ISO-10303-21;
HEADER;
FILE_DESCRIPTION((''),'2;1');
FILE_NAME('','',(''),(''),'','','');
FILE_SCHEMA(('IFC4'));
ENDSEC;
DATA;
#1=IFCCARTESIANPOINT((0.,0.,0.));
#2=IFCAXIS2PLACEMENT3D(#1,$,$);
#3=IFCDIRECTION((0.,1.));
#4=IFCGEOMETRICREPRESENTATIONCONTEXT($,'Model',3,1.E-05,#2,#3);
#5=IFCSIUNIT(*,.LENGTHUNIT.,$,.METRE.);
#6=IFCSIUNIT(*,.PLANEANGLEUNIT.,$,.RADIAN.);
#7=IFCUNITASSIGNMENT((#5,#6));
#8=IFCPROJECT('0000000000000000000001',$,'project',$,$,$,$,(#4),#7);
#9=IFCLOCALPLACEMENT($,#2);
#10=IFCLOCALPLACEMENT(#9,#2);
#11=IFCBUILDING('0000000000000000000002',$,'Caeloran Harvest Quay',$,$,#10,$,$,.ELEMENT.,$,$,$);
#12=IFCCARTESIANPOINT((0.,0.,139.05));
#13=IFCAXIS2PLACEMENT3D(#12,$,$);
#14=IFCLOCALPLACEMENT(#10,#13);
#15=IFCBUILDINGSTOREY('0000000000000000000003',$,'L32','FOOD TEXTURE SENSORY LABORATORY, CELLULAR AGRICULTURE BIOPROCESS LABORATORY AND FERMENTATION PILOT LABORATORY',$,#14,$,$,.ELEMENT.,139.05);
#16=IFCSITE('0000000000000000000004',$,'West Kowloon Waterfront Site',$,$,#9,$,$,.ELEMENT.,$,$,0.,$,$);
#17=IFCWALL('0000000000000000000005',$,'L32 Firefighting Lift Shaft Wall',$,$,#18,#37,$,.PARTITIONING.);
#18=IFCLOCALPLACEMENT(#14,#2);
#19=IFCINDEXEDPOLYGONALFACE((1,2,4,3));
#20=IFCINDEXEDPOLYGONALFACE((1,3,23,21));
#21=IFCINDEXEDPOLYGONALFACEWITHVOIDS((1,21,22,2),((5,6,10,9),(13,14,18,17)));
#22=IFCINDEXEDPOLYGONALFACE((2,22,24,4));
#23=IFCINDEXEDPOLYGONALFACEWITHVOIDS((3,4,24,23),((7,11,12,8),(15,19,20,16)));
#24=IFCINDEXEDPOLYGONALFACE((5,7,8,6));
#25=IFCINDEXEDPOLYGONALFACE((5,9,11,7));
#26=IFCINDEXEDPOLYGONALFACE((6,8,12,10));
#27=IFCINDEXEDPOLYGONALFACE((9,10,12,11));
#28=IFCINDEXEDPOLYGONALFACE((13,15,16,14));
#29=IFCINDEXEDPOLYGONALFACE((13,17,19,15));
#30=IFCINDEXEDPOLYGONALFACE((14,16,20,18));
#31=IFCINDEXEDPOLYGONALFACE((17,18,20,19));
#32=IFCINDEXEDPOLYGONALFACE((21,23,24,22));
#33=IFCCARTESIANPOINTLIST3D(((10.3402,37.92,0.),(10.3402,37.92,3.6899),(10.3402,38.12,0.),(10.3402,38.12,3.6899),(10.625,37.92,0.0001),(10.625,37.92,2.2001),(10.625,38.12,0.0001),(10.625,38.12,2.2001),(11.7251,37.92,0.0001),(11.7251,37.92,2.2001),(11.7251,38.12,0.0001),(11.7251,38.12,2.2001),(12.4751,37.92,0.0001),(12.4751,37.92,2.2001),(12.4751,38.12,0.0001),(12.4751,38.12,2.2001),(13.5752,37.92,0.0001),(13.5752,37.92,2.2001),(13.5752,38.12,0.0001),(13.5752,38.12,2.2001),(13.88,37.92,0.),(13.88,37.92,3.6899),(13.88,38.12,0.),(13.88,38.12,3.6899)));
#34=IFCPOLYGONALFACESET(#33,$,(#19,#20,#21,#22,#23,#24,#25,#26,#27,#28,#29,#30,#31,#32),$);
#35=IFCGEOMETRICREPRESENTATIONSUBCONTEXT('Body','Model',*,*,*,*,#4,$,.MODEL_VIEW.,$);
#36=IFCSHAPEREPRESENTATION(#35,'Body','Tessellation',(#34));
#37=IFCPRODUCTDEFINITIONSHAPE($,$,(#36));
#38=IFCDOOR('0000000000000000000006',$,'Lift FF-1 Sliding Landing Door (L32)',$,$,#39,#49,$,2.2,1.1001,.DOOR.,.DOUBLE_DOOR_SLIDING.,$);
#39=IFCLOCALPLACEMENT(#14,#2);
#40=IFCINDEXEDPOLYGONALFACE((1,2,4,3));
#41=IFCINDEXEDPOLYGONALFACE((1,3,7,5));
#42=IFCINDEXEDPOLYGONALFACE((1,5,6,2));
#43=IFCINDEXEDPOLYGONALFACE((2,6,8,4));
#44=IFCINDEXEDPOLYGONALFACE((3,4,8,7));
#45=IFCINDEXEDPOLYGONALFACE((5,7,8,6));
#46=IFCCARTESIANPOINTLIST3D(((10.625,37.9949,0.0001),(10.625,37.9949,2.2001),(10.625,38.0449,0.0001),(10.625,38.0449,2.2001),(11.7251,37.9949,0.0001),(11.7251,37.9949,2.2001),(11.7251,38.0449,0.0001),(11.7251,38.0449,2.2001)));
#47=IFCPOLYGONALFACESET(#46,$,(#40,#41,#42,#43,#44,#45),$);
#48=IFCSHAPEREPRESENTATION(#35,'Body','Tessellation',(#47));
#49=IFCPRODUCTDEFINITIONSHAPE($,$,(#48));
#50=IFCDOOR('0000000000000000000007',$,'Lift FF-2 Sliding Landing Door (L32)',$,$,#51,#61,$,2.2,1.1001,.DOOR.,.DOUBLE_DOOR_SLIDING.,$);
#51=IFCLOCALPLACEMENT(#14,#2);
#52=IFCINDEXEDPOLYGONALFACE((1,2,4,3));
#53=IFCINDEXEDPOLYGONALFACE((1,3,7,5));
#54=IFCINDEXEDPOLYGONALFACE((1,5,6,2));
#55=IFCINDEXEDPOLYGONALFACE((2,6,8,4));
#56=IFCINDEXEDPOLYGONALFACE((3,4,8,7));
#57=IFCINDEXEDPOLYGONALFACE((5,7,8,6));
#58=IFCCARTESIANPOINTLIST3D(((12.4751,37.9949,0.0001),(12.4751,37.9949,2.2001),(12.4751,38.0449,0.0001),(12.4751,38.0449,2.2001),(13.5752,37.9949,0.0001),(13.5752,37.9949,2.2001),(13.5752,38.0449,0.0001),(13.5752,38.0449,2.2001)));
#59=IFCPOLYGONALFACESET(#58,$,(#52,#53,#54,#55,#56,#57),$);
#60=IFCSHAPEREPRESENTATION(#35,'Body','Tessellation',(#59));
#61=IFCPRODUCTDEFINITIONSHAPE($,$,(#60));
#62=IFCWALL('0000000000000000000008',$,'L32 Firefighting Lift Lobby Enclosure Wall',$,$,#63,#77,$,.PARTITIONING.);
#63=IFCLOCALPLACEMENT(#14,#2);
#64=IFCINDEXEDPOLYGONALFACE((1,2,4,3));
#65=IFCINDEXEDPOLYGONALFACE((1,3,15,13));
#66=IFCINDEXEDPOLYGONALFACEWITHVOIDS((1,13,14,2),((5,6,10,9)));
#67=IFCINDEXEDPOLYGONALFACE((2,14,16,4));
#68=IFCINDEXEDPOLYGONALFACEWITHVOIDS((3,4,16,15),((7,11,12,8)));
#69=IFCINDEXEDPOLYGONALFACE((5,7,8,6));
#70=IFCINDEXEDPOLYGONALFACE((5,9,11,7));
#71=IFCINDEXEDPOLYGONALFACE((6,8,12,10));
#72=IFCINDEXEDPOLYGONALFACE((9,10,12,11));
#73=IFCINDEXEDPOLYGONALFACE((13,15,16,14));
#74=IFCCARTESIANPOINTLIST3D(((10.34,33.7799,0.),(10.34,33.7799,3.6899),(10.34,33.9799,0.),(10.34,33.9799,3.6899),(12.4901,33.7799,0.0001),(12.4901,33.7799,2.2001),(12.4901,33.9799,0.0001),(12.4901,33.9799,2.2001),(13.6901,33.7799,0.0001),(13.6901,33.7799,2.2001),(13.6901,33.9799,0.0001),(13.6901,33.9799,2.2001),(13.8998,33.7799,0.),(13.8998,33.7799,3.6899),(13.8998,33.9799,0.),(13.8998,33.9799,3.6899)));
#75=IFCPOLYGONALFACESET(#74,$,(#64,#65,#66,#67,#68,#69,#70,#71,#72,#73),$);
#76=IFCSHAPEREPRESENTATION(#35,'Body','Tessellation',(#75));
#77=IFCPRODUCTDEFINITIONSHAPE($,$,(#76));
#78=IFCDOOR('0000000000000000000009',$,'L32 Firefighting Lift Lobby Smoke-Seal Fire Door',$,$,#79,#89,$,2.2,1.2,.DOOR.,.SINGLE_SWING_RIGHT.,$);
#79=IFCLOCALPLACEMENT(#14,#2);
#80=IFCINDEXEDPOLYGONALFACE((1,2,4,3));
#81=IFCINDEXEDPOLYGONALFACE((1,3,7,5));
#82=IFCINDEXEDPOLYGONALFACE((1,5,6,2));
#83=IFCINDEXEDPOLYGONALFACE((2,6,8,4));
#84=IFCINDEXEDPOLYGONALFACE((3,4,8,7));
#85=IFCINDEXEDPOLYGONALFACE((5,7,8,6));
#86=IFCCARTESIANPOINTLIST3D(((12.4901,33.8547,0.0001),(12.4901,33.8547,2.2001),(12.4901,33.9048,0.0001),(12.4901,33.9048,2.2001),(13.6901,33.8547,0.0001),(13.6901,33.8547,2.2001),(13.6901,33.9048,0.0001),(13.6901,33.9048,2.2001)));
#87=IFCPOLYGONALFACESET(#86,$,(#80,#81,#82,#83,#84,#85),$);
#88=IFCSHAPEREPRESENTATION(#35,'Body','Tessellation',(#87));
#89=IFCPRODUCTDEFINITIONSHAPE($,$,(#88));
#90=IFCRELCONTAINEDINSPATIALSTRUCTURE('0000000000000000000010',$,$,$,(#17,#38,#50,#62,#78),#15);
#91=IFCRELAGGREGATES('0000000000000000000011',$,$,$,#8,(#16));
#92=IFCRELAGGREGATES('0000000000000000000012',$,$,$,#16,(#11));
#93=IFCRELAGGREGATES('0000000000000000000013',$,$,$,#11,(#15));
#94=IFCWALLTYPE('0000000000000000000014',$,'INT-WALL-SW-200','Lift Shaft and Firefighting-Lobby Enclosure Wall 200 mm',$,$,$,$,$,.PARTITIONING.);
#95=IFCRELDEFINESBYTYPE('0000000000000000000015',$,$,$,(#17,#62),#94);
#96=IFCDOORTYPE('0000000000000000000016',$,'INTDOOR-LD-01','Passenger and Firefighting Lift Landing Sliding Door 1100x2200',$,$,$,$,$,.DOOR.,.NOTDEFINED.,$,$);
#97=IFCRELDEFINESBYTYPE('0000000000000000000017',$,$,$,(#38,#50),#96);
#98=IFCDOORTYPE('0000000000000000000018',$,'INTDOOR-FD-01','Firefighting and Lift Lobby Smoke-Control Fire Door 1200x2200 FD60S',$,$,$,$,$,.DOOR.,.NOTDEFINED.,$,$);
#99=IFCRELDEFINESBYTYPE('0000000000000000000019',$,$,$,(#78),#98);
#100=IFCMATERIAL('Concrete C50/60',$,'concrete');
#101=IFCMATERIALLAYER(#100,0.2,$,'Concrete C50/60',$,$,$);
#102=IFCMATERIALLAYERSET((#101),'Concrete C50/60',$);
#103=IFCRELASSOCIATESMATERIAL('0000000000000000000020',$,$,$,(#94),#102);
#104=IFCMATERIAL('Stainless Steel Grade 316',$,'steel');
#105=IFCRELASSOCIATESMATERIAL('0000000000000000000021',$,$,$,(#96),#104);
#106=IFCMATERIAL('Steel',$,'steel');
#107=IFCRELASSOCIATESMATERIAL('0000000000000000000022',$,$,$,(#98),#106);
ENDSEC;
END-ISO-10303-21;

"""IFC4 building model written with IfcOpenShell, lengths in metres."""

from ifc_helpers import new_model, si_unit, direction, frame, frame_2d, origin, place, context, subcontext, project, spatial, rectangle, extrude, material, layer, layer_set, type_object, element, fill, save


model = new_model("IFC4")

# Units and contexts
model_context = context("Model", 3, precision=1e-05, world=origin(), true_north=direction((0.0, 1.0)))
body_context = subcontext(model_context, "Body", "Model", "MODEL_VIEW")
ifc_project = project(units=[si_unit("LENGTHUNIT", "METRE"), si_unit("PLANEANGLEUNIT", "RADIAN")], contexts=[model_context])

# Site, building, storey
site_placement = place(None, origin())
site = spatial("IfcSite", under=ifc_project, at=site_placement, Name="West Kowloon Waterfront Site", CompositionType="ELEMENT", RefElevation=0.0)
building_placement = place(site_placement, origin())
building = spatial("IfcBuilding", under=site, at=building_placement, Name="Caeloran Harvest Quay", CompositionType="ELEMENT")
storey_placement = place(building_placement, frame((0.0, 0.0, 139.05)))
storey = spatial("IfcBuildingStorey", under=building, at=storey_placement, Name="L32", Description="FOOD TEXTURE SENSORY LABORATORY, CELLULAR AGRICULTURE BIOPROCESS LABORATORY AND FERMENTATION PILOT LABORATORY", CompositionType="ELEMENT", Elevation=139.05)

# Shared definitions
ifc_material_1 = material(Name="Concrete C50/60", Category="concrete")
ifc_layer_1 = layer(ifc_material_1, 0.2, Name="Concrete C50/60")
ifc_layer_set_1 = layer_set([ifc_layer_1], Name="Concrete C50/60")
wall_type_1 = type_object("IfcWallType", Name="INT-WALL-SW-200", Description="Lift Shaft and Firefighting-Lobby Enclosure Wall 200 mm", PredefinedType="PARTITIONING", material=ifc_layer_set_1)

# Wall, openings, doors
wall_1_placement = place(storey_placement, frame((10.3401, 38.02, 0.0), z_axis=(0.0, 0.0, 1.0), x_axis=(1.0, 0.0, 0.0)))
wall_1 = element("IfcWall", 1, at=wall_1_placement, inside=storey, type_object=wall_type_1, Name="L32 Firefighting Lift Shaft Wall", PredefinedType="PARTITIONING", context=body_context, shape_type="SweptSolid", body=[
    extrude(rectangle(XDim=3.5398, YDim=0.2, at=frame_2d((1.77, 0.0))), origin(), (0.0, 0.0, 1.0), 3.6899),
])
opening_1_placement = place(wall_1_placement, frame((0.2849, 0.0, 0.0)))
opening_1 = element("IfcOpeningElement", 2, at=opening_1_placement, cuts=wall_1, PredefinedType="OPENING", context=body_context, shape_type="SweptSolid", body=[
    extrude(rectangle(XDim=1.1001, YDim=2.2, at=frame_2d((0.55, 1.1001))), frame((0.0, 0.1099, 0.0), z_axis=(0.0, -1.0, 0.0), x_axis=(1.0, 0.0, 0.0)), (0.0, 0.0, 1.0), 0.22),
])
opening_2_placement = place(wall_1_placement, frame((2.135, 0.0, 0.0)))
opening_2 = element("IfcOpeningElement", 3, at=opening_2_placement, cuts=wall_1, PredefinedType="OPENING", context=body_context, shape_type="SweptSolid", body=[
    extrude(rectangle(XDim=1.1001, YDim=2.2, at=frame_2d((0.55, 1.1001))), frame((0.0, 0.1099, 0.0), z_axis=(0.0, -1.0, 0.0), x_axis=(1.0, 0.0, 0.0)), (0.0, 0.0, 1.0), 0.22),
])
ifc_material_2 = material(Name="Stainless Steel Grade 316", Category="steel")
door_type_1 = type_object("IfcDoorType", Name="INTDOOR-LD-01", Description="Passenger and Firefighting Lift Landing Sliding Door 1100x2200", OperationType="NOTDEFINED", PredefinedType="DOOR", material=ifc_material_2)
door_1_placement = place(opening_1_placement, origin())
door_1 = element("IfcDoor", 4, at=door_1_placement, inside=storey, type_object=door_type_1, Name="Lift FF-1 Sliding Landing Door (L32)", OperationType="DOUBLE_DOOR_SLIDING", OverallHeight=2.2, OverallWidth=1.1001, PredefinedType="DOOR", context=body_context, shape_type="SweptSolid", body=[
    extrude(rectangle(XDim=1.1001, YDim=2.2, at=frame_2d((0.55, 1.1001))), frame((0.0, 0.0249, 0.0), z_axis=(0.0, -1.0, 0.0), x_axis=(1.0, 0.0, 0.0)), (0.0, 0.0, 1.0), 0.05),
])
fill(opening_1, door_1)
door_2_placement = place(opening_2_placement, origin())
door_2 = element("IfcDoor", 5, at=door_2_placement, inside=storey, type_object=door_type_1, Name="Lift FF-2 Sliding Landing Door (L32)", OperationType="DOUBLE_DOOR_SLIDING", OverallHeight=2.2, OverallWidth=1.1001, PredefinedType="DOOR", context=body_context, shape_type="SweptSolid", body=[
    extrude(rectangle(XDim=1.1001, YDim=2.2, at=frame_2d((0.55, 1.1001))), frame((0.0, 0.0249, 0.0), z_axis=(0.0, -1.0, 0.0), x_axis=(1.0, 0.0, 0.0)), (0.0, 0.0, 1.0), 0.05),
])
fill(opening_2, door_2)

# Wall, opening, door
wall_2_placement = place(storey_placement, frame((10.3401, 33.8799, 0.0), z_axis=(0.0, 0.0, 1.0), x_axis=(1.0, 0.0, 0.0)))
wall_2 = element("IfcWall", 6, at=wall_2_placement, inside=storey, type_object=wall_type_1, Name="L32 Firefighting Lift Lobby Enclosure Wall", PredefinedType="PARTITIONING", context=body_context, shape_type="SweptSolid", body=[
    extrude(rectangle(XDim=3.5598, YDim=0.2, at=frame_2d((1.7798, 0.0))), origin(), (0.0, 0.0, 1.0), 3.6899),
])
opening_3_placement = place(wall_2_placement, frame((2.1499, 0.0, 0.0)))
opening_3 = element("IfcOpeningElement", 7, at=opening_3_placement, cuts=wall_2, PredefinedType="OPENING", context=body_context, shape_type="SweptSolid", body=[
    extrude(rectangle(XDim=1.2, YDim=2.2, at=frame_2d((0.6001, 1.1001))), frame((0.0, 0.1099, 0.0), z_axis=(0.0, -1.0, 0.0), x_axis=(1.0, 0.0, 0.0)), (0.0, 0.0, 1.0), 0.22),
])
ifc_material_3 = material(Name="Steel", Category="steel")
door_type_2 = type_object("IfcDoorType", Name="INTDOOR-FD-01", Description="Firefighting and Lift Lobby Smoke-Control Fire Door 1200x2200 FD60S", OperationType="NOTDEFINED", PredefinedType="DOOR", material=ifc_material_3)
door_3_placement = place(opening_3_placement, origin())
door_3 = element("IfcDoor", 8, at=door_3_placement, inside=storey, type_object=door_type_2, Name="L32 Firefighting Lift Lobby Smoke-Seal Fire Door", OperationType="SINGLE_SWING_RIGHT", OverallHeight=2.2, OverallWidth=1.2, PredefinedType="DOOR", context=body_context, shape_type="SweptSolid", body=[
    extrude(rectangle(XDim=1.2, YDim=2.2, at=frame_2d((0.6001, 1.1001))), frame((0.0, 0.0249, 0.0), z_axis=(0.0, -1.0, 0.0), x_axis=(1.0, 0.0, 0.0)), (0.0, 0.0, 1.0), 0.05),
])
fill(opening_3, door_3)

save(model, "model.ifc")
